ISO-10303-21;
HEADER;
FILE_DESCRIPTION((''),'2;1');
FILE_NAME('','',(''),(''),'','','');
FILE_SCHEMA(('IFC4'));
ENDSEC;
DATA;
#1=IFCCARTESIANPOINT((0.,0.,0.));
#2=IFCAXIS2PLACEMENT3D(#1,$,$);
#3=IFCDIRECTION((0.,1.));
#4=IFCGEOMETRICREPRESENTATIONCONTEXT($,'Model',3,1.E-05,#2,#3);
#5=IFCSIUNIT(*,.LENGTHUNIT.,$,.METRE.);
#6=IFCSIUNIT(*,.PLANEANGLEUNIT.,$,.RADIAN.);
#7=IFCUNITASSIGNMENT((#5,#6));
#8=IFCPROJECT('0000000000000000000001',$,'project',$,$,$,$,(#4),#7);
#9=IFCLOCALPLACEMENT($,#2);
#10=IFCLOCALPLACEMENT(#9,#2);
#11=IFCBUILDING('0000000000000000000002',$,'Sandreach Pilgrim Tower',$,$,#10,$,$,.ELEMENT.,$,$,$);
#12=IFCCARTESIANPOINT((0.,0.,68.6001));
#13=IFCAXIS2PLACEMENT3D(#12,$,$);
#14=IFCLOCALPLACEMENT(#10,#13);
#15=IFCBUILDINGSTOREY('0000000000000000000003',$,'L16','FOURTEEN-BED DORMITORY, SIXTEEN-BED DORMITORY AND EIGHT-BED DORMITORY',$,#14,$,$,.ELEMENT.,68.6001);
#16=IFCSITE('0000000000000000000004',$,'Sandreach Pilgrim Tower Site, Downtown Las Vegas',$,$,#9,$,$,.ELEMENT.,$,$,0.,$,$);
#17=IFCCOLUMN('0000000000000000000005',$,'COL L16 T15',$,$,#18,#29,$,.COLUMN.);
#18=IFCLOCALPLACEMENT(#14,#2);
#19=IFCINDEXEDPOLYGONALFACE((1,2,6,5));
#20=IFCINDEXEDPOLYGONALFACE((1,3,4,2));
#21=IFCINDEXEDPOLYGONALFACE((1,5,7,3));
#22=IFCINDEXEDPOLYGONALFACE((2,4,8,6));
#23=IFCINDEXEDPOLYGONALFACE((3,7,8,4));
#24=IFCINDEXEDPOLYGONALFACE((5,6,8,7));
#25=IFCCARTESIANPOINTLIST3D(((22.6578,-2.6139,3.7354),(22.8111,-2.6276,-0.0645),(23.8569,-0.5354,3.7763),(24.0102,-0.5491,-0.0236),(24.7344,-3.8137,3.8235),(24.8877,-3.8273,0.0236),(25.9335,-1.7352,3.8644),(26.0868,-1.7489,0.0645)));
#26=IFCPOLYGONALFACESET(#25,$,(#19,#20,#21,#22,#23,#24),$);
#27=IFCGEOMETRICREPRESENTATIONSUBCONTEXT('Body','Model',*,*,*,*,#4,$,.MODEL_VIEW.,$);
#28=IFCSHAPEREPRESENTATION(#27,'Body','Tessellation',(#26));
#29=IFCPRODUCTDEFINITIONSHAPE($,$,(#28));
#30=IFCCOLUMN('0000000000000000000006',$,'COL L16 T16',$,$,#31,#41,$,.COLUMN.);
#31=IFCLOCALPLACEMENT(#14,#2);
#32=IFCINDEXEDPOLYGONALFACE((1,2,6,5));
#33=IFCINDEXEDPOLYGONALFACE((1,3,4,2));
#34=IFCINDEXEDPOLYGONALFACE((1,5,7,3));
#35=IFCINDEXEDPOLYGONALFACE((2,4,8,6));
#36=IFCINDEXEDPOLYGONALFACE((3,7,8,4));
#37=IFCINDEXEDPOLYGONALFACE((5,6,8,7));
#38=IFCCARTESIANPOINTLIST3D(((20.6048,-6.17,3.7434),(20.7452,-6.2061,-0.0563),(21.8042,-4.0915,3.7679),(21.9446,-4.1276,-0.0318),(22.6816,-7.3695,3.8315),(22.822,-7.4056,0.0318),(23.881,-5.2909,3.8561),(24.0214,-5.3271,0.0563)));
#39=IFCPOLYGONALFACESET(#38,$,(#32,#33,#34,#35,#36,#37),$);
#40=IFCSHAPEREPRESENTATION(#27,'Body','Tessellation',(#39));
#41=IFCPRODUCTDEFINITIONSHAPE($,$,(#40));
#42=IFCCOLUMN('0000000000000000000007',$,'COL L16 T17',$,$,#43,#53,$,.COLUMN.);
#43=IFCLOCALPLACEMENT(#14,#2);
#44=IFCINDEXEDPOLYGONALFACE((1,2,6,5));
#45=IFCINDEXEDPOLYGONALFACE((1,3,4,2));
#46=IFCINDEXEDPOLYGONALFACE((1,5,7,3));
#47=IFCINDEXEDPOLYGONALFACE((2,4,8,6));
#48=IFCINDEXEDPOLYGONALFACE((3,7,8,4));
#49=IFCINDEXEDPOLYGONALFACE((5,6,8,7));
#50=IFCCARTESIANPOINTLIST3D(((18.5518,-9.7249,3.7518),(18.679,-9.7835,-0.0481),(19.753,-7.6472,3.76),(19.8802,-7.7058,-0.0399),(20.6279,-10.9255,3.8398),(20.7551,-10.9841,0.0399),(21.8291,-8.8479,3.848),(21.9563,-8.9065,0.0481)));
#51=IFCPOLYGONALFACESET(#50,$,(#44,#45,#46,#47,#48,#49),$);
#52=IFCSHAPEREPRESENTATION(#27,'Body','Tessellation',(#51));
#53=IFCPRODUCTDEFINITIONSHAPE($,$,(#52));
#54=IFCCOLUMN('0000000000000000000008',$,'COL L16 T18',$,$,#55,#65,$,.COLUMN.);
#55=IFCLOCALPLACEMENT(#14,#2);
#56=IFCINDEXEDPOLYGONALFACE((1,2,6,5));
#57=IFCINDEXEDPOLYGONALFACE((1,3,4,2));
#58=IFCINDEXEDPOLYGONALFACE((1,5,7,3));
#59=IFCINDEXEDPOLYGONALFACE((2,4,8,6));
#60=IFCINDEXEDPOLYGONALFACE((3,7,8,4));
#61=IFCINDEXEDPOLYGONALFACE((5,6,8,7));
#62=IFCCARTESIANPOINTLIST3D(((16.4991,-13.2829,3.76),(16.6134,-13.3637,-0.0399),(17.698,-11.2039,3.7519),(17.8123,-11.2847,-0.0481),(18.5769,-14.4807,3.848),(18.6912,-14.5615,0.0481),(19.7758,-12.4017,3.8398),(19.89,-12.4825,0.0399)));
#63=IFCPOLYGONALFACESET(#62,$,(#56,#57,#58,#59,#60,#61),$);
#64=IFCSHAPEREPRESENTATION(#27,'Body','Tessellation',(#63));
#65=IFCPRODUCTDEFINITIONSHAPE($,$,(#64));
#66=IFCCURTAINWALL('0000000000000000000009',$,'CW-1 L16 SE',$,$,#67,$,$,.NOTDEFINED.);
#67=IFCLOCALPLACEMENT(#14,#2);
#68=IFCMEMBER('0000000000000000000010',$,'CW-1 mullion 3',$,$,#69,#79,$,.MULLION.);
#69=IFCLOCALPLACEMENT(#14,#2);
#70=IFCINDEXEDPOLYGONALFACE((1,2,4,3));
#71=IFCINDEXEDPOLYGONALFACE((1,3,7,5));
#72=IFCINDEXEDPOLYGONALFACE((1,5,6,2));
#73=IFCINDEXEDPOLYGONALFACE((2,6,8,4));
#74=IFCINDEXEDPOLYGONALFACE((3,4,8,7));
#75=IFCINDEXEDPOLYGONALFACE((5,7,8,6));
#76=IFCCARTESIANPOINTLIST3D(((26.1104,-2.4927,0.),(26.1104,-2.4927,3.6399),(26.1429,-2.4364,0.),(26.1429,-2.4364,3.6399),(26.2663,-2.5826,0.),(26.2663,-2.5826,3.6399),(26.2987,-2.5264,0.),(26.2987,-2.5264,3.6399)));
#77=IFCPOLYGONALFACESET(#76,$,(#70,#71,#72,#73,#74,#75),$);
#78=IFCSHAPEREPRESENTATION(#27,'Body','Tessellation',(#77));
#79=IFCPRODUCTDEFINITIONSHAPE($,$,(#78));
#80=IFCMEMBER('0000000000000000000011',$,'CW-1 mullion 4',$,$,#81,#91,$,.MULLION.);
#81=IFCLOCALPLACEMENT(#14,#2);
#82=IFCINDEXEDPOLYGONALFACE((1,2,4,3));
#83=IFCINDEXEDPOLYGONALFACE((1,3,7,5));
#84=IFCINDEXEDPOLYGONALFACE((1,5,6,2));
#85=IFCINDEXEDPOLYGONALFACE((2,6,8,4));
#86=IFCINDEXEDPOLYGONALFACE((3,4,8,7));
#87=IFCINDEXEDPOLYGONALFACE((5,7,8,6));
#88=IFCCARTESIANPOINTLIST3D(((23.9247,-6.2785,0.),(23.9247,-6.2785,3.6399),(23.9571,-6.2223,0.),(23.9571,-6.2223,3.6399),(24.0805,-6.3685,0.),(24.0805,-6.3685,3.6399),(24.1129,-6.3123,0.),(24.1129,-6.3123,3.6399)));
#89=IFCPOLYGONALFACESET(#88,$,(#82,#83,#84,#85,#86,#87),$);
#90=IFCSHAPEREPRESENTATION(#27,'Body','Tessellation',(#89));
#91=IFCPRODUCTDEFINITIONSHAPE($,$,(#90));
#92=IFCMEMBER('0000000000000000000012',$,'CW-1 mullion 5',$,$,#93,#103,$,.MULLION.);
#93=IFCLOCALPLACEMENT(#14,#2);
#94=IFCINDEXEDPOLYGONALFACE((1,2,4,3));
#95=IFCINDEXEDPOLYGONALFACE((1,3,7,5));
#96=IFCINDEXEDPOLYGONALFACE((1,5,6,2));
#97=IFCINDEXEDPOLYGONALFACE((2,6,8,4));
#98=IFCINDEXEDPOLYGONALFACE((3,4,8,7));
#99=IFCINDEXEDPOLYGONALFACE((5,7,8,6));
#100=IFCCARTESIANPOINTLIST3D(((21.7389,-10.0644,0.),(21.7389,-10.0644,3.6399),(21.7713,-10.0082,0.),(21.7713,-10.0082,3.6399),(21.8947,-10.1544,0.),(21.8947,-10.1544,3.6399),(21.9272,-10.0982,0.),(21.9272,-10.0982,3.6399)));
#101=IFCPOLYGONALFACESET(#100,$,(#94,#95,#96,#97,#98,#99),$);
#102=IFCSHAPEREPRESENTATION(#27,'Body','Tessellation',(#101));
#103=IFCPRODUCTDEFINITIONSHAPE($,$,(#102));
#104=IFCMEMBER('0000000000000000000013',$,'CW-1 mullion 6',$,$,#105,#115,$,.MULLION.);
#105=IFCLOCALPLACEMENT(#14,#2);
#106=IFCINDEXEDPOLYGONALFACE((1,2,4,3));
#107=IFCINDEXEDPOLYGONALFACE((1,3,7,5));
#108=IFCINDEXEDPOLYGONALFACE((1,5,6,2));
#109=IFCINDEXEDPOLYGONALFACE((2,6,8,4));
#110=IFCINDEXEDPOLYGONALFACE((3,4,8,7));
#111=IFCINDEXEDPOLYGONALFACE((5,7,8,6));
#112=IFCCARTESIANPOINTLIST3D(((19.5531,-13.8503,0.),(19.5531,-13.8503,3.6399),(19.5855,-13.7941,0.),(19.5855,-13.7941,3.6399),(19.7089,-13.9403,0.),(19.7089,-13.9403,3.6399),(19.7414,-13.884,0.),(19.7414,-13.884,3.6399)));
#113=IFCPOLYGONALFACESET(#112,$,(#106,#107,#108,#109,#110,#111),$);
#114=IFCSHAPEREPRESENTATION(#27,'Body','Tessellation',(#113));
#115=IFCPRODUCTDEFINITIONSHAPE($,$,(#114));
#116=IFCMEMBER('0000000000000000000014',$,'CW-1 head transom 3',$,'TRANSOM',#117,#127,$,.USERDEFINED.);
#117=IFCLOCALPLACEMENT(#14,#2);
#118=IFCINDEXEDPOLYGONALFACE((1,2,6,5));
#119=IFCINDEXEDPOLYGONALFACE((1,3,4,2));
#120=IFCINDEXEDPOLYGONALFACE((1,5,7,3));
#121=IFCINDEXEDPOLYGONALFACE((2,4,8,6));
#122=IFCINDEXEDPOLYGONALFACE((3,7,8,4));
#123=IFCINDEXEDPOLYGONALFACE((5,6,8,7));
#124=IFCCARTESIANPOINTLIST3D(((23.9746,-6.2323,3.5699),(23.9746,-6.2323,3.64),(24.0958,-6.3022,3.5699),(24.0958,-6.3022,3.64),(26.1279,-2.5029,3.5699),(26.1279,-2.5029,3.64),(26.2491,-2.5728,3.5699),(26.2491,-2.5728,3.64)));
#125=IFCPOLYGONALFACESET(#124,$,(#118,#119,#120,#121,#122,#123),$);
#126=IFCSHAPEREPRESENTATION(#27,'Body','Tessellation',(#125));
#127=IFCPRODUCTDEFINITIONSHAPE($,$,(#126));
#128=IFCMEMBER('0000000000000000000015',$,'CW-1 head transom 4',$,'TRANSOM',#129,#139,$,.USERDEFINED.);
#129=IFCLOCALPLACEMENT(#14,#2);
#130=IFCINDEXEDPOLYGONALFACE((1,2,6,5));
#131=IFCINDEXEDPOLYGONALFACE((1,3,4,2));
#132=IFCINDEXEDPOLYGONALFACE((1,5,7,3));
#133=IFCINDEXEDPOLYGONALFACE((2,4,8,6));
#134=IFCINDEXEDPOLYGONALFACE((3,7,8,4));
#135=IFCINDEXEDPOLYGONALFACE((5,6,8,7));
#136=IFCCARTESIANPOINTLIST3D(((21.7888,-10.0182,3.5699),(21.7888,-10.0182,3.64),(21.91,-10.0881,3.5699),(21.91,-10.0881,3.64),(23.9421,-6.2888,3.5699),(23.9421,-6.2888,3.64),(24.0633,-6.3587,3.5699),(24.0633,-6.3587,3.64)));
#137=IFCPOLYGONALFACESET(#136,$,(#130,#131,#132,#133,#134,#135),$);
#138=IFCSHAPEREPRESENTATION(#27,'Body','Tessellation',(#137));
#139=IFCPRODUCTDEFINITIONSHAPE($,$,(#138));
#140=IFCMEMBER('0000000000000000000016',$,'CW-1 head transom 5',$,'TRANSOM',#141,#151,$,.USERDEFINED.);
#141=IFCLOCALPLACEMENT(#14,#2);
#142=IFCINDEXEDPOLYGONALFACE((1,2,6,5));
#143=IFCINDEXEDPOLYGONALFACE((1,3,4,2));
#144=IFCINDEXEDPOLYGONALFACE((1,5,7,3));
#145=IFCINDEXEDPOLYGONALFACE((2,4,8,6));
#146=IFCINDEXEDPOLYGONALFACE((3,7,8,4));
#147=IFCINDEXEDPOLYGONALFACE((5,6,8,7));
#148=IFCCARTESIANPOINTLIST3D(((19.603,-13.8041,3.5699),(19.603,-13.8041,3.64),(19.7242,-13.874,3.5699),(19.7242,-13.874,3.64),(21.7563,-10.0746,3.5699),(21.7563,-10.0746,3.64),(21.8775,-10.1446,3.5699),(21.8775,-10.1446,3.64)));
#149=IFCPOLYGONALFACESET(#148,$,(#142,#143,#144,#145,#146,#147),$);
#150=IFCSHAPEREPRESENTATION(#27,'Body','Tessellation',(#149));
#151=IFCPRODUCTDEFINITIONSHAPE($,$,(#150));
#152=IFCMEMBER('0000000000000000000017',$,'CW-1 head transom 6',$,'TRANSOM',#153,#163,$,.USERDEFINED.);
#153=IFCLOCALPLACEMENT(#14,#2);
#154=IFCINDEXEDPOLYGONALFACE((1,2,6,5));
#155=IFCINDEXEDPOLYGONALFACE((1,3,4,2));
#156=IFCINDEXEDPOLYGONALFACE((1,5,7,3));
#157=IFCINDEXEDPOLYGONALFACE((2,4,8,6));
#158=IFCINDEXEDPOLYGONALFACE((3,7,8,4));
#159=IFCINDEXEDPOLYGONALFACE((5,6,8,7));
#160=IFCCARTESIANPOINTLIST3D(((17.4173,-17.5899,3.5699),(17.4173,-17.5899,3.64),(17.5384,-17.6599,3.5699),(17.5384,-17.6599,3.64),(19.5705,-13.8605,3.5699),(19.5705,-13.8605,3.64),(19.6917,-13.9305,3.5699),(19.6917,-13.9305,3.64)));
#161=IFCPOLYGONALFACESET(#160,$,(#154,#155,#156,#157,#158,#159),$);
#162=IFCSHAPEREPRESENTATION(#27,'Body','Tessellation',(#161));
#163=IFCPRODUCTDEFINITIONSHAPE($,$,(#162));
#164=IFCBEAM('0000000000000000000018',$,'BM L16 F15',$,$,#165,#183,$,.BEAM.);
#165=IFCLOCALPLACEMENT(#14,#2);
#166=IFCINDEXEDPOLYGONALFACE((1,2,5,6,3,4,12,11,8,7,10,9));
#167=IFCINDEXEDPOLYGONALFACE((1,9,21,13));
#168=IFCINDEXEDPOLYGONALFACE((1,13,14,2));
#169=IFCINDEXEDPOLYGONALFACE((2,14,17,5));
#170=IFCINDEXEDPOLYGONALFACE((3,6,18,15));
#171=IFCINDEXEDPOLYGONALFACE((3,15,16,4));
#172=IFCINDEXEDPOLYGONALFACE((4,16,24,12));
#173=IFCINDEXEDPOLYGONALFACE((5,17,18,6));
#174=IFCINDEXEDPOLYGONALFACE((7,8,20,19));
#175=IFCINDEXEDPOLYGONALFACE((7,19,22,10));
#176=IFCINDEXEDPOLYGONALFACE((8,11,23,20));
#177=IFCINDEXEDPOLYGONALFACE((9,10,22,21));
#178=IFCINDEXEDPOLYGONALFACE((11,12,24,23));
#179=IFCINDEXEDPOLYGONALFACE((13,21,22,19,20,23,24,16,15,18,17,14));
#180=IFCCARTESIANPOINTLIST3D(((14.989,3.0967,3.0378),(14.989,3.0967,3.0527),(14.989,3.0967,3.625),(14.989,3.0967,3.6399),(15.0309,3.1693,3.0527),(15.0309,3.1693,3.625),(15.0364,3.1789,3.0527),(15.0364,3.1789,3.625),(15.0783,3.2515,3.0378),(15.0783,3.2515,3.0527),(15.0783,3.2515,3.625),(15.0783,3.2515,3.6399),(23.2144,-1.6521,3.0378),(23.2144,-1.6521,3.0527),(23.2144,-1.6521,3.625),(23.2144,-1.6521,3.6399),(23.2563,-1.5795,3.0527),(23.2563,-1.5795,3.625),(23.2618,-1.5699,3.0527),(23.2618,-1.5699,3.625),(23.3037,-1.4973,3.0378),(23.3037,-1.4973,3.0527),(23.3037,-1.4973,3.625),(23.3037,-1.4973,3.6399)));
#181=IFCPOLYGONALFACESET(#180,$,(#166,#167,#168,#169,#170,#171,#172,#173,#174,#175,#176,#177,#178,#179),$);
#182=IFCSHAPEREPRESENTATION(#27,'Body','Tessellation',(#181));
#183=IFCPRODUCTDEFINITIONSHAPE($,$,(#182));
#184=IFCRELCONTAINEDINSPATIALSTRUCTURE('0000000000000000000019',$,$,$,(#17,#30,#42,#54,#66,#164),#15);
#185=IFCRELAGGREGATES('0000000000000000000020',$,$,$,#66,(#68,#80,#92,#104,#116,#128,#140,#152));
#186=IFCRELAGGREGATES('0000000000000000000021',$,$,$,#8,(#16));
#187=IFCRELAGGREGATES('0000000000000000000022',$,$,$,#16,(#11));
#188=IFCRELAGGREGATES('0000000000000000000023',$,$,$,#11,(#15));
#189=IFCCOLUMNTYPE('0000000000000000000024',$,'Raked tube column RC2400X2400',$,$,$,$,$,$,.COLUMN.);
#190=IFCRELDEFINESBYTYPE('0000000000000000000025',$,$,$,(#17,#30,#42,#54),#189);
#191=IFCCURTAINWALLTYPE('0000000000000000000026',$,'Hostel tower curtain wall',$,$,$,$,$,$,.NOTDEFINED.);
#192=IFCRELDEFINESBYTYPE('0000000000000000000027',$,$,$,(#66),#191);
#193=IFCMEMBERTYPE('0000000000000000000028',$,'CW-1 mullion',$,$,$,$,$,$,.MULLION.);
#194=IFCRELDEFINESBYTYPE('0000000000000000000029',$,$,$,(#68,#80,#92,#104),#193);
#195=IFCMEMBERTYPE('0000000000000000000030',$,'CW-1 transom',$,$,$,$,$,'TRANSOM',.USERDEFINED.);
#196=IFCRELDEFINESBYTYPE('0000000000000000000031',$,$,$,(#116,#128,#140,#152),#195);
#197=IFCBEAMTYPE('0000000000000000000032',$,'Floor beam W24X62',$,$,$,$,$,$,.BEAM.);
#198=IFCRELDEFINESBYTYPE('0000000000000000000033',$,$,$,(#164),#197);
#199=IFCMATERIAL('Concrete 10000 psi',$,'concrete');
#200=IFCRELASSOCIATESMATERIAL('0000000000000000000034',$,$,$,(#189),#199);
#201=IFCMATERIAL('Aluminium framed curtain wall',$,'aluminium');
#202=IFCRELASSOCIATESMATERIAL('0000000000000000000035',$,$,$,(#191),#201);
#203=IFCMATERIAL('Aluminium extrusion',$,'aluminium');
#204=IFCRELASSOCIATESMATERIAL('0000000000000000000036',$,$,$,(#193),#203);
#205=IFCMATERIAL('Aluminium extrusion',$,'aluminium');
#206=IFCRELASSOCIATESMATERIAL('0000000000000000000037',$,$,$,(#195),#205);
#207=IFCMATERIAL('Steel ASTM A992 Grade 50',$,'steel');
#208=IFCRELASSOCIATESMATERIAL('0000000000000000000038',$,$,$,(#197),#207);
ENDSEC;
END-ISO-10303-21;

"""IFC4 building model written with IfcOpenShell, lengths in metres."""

from ifc_helpers import new_model, si_unit, direction, frame, origin, origin_2d, place, context, subcontext, project, spatial, rectangle, i_section, extrude, material, material_profile, profile_set, type_object, element, aggregate, save


model = new_model("IFC4")

# Units and contexts
model_context = context("Model", 3, precision=1e-05, world=origin(), true_north=direction((0.0, 1.0)))
body_context = subcontext(model_context, "Body", "Model", "MODEL_VIEW")
ifc_project = project(units=[si_unit("LENGTHUNIT", "METRE"), si_unit("PLANEANGLEUNIT", "RADIAN")], contexts=[model_context])

# Site, building, storey
site_placement = place(None, origin())
site = spatial("IfcSite", under=ifc_project, at=site_placement, Name="Sandreach Pilgrim Tower Site, Downtown Las Vegas", CompositionType="ELEMENT", RefElevation=0.0)
building_placement = place(site_placement, origin())
building = spatial("IfcBuilding", under=site, at=building_placement, Name="Sandreach Pilgrim Tower", CompositionType="ELEMENT")
storey_placement = place(building_placement, frame((0.0, 0.0, 68.6001)))
storey = spatial("IfcBuildingStorey", under=building, at=storey_placement, Name="L16", Description="FOURTEEN-BED DORMITORY, SIXTEEN-BED DORMITORY AND EIGHT-BED DORMITORY", CompositionType="ELEMENT", Elevation=68.6001)

# Columns
ifc_material_1 = material(Name="Concrete 10000 psi", Category="concrete")
ifc_material_profile_1 = material_profile(ifc_material_1, rectangle(XDim=2.3999, YDim=2.3999, at=origin_2d()), Name="RC2400X2400")
ifc_profile_set_1 = profile_set([ifc_material_profile_1], Name="Concrete 10000 psi")
column_type = type_object("IfcColumnType", Name="Raked tube column RC2400X2400", PredefinedType="COLUMN", material=ifc_profile_set_1)
column_placement = place(storey_placement, frame((24.449, -2.1882, 0.0), z_axis=(-0.040316, 0.003595, 0.99918), x_axis=(0.865292, -0.499922, 0.036713)))
element("IfcColumn", 1, at=column_placement, inside=storey, type_object=column_type, Name="COL L16 T15", PredefinedType="COLUMN", context=body_context, shape_type="SweptSolid", body=[
    extrude(rectangle(XDim=2.3999, YDim=2.3999, at=origin_2d()), origin(), (0.0, 0.0, 1.0), 3.803),
])
for number, where, z_axis, x_axis, name in (
    (2, (22.3833, -5.7666, 0.0), (-0.036917, 0.009502, 0.999273), (0.865363, -0.499798, 0.036723), "COL L16 T16"),
    (3, (20.3176, -9.345, 0.0), (-0.033452, 0.01541, 0.999322), (0.865086, -0.500282, 0.036673), "COL L16 T17"),
    (4, (18.2517, -12.9231, 0.0), (-0.030049, 0.021253, 0.999322), (0.865768, -0.499102, 0.036648), "COL L16 T18"),
):
    element("IfcColumn", number, at=place(storey_placement, frame(where, z_axis=z_axis, x_axis=x_axis)), inside=storey, type_object=column_type, Name=name, PredefinedType="COLUMN", context=body_context, shape_type="SweptSolid", body=[
        extrude(rectangle(XDim=2.3999, YDim=2.3999, at=origin_2d()), origin(), (0.0, 0.0, 1.0), 3.8025),
    ])

# Curtain wall, members
ifc_material_2 = material(Name="Aluminium framed curtain wall", Category="aluminium")
curtain_wall_type = type_object("IfcCurtainWallType", Name="Hostel tower curtain wall", PredefinedType="NOTDEFINED", material=ifc_material_2)
curtain_wall_placement = place(storey_placement, origin())
curtain_wall = element("IfcCurtainWall", 5, at=curtain_wall_placement, inside=storey, type_object=curtain_wall_type, Name="CW-1 L16 SE", PredefinedType="NOTDEFINED")
ifc_material_3 = material(Name="Aluminium extrusion", Category="aluminium")
ifc_material_profile_2 = material_profile(ifc_material_3, rectangle(XDim=0.0649, YDim=0.1799, at=origin_2d()), Name="CW-1M 65X180")
ifc_profile_set_2 = profile_set([ifc_material_profile_2], Name="Aluminium extrusion")
member_type_1 = type_object("IfcMemberType", Name="CW-1 mullion", PredefinedType="MULLION", material=ifc_profile_set_2)
member_1_placement = place(storey_placement, frame((26.2046, -2.5095, 0.0), z_axis=(0.0, 0.0, 1.0), x_axis=(-0.5, -0.866025, 0.0)))
member_1 = element("IfcMember", 6, at=member_1_placement, type_object=member_type_1, Name="CW-1 mullion 3", PredefinedType="MULLION", context=body_context, shape_type="SweptSolid", body=[
    extrude(rectangle(XDim=0.0649, YDim=0.1799, at=origin_2d()), origin(), (0.0, 0.0, 1.0), 3.6399),
])
member_2_placement = place(storey_placement, frame((24.0188, -6.2954, 0.0), z_axis=(0.0, 0.0, 1.0), x_axis=(-0.5, -0.866025, 0.0)))
member_2 = element("IfcMember", 7, at=member_2_placement, type_object=member_type_1, Name="CW-1 mullion 4", PredefinedType="MULLION", context=body_context, shape_type="SweptSolid", body=[
    extrude(rectangle(XDim=0.0649, YDim=0.1799, at=origin_2d()), origin(), (0.0, 0.0, 1.0), 3.6399),
])
member_3_placement = place(storey_placement, frame((21.833, -10.0813, 0.0), z_axis=(0.0, 0.0, 1.0), x_axis=(-0.5, -0.866025, 0.0)))
member_3 = element("IfcMember", 8, at=member_3_placement, type_object=member_type_1, Name="CW-1 mullion 5", PredefinedType="MULLION", context=body_context, shape_type="SweptSolid", body=[
    extrude(rectangle(XDim=0.0649, YDim=0.1799, at=origin_2d()), origin(), (0.0, 0.0, 1.0), 3.6399),
])
member_4_placement = place(storey_placement, frame((19.6472, -13.8672, 0.0), z_axis=(0.0, 0.0, 1.0), x_axis=(-0.5, -0.866025, 0.0)))
member_4 = element("IfcMember", 9, at=member_4_placement, type_object=member_type_1, Name="CW-1 mullion 6", PredefinedType="MULLION", context=body_context, shape_type="SweptSolid", body=[
    extrude(rectangle(XDim=0.0649, YDim=0.1799, at=origin_2d()), origin(), (0.0, 0.0, 1.0), 3.6399),
])
ifc_material_4 = material(Name="Aluminium extrusion", Category="aluminium")
ifc_material_profile_3 = material_profile(ifc_material_4, rectangle(XDim=0.1399, YDim=0.0701, at=origin_2d()), Name="CW-1T 140X70")
ifc_profile_set_3 = profile_set([ifc_material_profile_3], Name="Aluminium extrusion")
member_type_2 = type_object("IfcMemberType", Name="CW-1 transom", ElementType="TRANSOM", PredefinedType="USERDEFINED", material=ifc_profile_set_3)
member_5_placement = place(storey_placement, frame((26.1885, -2.5378, 3.605), z_axis=(-0.500017, -0.866016, 0.0), x_axis=(0.866016, -0.500017, 0.0)))
member_5 = element("IfcMember", 10, at=member_5_placement, type_object=member_type_2, Name="CW-1 head transom 3", ObjectType="TRANSOM", PredefinedType="USERDEFINED", context=body_context, shape_type="SweptSolid", body=[
    extrude(rectangle(XDim=0.1399, YDim=0.0701, at=origin_2d()), origin(), (0.0, 0.0, 1.0), 4.3064),
])
member_6_placement = place(storey_placement, frame((24.0027, -6.3237, 3.605), z_axis=(-0.500017, -0.866016, 0.0), x_axis=(0.866016, -0.500017, 0.0)))
member_6 = element("IfcMember", 11, at=member_6_placement, type_object=member_type_2, Name="CW-1 head transom 4", ObjectType="TRANSOM", PredefinedType="USERDEFINED", context=body_context, shape_type="SweptSolid", body=[
    extrude(rectangle(XDim=0.1399, YDim=0.0701, at=origin_2d()), origin(), (0.0, 0.0, 1.0), 4.3064),
])
member_7_placement = place(storey_placement, frame((21.8169, -10.1096, 3.605), z_axis=(-0.500017, -0.866016, 0.0), x_axis=(0.866016, -0.500017, 0.0)))
member_7 = element("IfcMember", 12, at=member_7_placement, type_object=member_type_2, Name="CW-1 head transom 5", ObjectType="TRANSOM", PredefinedType="USERDEFINED", context=body_context, shape_type="SweptSolid", body=[
    extrude(rectangle(XDim=0.1399, YDim=0.0701, at=origin_2d()), origin(), (0.0, 0.0, 1.0), 4.3064),
])
member_8_placement = place(storey_placement, frame((19.6311, -13.8955, 3.605), z_axis=(-0.500017, -0.866016, 0.0), x_axis=(0.866016, -0.500017, 0.0)))
member_8 = element("IfcMember", 13, at=member_8_placement, type_object=member_type_2, Name="CW-1 head transom 6", ObjectType="TRANSOM", PredefinedType="USERDEFINED", context=body_context, shape_type="SweptSolid", body=[
    extrude(rectangle(XDim=0.1399, YDim=0.0701, at=origin_2d()), origin(), (0.0, 0.0, 1.0), 4.3064),
])

# Beam
ifc_material_5 = material(Name="Steel ASTM A992 Grade 50", Category="steel")
ifc_material_profile_4 = material_profile(ifc_material_5, i_section(OverallWidth=0.1787, OverallDepth=0.6021, WebThickness=0.011, FlangeThickness=0.0149, at=origin_2d()), Name="W24X62")
ifc_profile_set_4 = profile_set([ifc_material_profile_4], Name="Steel ASTM A992 Grade 50")
beam_type_1 = type_object("IfcBeamType", Name="Floor beam W24X62", PredefinedType="BEAM", material=ifc_profile_set_4)
beam_1_placement = place(storey_placement, frame((23.259, -1.5747, 3.3389), z_axis=(-0.866031, 0.49999, 0.0), x_axis=(-0.49999, -0.866031, 0.0)))
element("IfcBeam", 14, at=beam_1_placement, inside=storey, type_object=beam_type_1, Name="BM L16 F15", PredefinedType="BEAM", context=body_context, shape_type="SweptSolid", body=[
    extrude(i_section(OverallWidth=0.1787, OverallDepth=0.6021, WebThickness=0.011, FlangeThickness=0.0149, at=origin_2d()), origin(), (0.0, 0.0, 1.0), 9.4978),
])

aggregate(curtain_wall, [member_1, member_2, member_3, member_4, member_5, member_6, member_7, member_8])

save(model, "model.ifc")
